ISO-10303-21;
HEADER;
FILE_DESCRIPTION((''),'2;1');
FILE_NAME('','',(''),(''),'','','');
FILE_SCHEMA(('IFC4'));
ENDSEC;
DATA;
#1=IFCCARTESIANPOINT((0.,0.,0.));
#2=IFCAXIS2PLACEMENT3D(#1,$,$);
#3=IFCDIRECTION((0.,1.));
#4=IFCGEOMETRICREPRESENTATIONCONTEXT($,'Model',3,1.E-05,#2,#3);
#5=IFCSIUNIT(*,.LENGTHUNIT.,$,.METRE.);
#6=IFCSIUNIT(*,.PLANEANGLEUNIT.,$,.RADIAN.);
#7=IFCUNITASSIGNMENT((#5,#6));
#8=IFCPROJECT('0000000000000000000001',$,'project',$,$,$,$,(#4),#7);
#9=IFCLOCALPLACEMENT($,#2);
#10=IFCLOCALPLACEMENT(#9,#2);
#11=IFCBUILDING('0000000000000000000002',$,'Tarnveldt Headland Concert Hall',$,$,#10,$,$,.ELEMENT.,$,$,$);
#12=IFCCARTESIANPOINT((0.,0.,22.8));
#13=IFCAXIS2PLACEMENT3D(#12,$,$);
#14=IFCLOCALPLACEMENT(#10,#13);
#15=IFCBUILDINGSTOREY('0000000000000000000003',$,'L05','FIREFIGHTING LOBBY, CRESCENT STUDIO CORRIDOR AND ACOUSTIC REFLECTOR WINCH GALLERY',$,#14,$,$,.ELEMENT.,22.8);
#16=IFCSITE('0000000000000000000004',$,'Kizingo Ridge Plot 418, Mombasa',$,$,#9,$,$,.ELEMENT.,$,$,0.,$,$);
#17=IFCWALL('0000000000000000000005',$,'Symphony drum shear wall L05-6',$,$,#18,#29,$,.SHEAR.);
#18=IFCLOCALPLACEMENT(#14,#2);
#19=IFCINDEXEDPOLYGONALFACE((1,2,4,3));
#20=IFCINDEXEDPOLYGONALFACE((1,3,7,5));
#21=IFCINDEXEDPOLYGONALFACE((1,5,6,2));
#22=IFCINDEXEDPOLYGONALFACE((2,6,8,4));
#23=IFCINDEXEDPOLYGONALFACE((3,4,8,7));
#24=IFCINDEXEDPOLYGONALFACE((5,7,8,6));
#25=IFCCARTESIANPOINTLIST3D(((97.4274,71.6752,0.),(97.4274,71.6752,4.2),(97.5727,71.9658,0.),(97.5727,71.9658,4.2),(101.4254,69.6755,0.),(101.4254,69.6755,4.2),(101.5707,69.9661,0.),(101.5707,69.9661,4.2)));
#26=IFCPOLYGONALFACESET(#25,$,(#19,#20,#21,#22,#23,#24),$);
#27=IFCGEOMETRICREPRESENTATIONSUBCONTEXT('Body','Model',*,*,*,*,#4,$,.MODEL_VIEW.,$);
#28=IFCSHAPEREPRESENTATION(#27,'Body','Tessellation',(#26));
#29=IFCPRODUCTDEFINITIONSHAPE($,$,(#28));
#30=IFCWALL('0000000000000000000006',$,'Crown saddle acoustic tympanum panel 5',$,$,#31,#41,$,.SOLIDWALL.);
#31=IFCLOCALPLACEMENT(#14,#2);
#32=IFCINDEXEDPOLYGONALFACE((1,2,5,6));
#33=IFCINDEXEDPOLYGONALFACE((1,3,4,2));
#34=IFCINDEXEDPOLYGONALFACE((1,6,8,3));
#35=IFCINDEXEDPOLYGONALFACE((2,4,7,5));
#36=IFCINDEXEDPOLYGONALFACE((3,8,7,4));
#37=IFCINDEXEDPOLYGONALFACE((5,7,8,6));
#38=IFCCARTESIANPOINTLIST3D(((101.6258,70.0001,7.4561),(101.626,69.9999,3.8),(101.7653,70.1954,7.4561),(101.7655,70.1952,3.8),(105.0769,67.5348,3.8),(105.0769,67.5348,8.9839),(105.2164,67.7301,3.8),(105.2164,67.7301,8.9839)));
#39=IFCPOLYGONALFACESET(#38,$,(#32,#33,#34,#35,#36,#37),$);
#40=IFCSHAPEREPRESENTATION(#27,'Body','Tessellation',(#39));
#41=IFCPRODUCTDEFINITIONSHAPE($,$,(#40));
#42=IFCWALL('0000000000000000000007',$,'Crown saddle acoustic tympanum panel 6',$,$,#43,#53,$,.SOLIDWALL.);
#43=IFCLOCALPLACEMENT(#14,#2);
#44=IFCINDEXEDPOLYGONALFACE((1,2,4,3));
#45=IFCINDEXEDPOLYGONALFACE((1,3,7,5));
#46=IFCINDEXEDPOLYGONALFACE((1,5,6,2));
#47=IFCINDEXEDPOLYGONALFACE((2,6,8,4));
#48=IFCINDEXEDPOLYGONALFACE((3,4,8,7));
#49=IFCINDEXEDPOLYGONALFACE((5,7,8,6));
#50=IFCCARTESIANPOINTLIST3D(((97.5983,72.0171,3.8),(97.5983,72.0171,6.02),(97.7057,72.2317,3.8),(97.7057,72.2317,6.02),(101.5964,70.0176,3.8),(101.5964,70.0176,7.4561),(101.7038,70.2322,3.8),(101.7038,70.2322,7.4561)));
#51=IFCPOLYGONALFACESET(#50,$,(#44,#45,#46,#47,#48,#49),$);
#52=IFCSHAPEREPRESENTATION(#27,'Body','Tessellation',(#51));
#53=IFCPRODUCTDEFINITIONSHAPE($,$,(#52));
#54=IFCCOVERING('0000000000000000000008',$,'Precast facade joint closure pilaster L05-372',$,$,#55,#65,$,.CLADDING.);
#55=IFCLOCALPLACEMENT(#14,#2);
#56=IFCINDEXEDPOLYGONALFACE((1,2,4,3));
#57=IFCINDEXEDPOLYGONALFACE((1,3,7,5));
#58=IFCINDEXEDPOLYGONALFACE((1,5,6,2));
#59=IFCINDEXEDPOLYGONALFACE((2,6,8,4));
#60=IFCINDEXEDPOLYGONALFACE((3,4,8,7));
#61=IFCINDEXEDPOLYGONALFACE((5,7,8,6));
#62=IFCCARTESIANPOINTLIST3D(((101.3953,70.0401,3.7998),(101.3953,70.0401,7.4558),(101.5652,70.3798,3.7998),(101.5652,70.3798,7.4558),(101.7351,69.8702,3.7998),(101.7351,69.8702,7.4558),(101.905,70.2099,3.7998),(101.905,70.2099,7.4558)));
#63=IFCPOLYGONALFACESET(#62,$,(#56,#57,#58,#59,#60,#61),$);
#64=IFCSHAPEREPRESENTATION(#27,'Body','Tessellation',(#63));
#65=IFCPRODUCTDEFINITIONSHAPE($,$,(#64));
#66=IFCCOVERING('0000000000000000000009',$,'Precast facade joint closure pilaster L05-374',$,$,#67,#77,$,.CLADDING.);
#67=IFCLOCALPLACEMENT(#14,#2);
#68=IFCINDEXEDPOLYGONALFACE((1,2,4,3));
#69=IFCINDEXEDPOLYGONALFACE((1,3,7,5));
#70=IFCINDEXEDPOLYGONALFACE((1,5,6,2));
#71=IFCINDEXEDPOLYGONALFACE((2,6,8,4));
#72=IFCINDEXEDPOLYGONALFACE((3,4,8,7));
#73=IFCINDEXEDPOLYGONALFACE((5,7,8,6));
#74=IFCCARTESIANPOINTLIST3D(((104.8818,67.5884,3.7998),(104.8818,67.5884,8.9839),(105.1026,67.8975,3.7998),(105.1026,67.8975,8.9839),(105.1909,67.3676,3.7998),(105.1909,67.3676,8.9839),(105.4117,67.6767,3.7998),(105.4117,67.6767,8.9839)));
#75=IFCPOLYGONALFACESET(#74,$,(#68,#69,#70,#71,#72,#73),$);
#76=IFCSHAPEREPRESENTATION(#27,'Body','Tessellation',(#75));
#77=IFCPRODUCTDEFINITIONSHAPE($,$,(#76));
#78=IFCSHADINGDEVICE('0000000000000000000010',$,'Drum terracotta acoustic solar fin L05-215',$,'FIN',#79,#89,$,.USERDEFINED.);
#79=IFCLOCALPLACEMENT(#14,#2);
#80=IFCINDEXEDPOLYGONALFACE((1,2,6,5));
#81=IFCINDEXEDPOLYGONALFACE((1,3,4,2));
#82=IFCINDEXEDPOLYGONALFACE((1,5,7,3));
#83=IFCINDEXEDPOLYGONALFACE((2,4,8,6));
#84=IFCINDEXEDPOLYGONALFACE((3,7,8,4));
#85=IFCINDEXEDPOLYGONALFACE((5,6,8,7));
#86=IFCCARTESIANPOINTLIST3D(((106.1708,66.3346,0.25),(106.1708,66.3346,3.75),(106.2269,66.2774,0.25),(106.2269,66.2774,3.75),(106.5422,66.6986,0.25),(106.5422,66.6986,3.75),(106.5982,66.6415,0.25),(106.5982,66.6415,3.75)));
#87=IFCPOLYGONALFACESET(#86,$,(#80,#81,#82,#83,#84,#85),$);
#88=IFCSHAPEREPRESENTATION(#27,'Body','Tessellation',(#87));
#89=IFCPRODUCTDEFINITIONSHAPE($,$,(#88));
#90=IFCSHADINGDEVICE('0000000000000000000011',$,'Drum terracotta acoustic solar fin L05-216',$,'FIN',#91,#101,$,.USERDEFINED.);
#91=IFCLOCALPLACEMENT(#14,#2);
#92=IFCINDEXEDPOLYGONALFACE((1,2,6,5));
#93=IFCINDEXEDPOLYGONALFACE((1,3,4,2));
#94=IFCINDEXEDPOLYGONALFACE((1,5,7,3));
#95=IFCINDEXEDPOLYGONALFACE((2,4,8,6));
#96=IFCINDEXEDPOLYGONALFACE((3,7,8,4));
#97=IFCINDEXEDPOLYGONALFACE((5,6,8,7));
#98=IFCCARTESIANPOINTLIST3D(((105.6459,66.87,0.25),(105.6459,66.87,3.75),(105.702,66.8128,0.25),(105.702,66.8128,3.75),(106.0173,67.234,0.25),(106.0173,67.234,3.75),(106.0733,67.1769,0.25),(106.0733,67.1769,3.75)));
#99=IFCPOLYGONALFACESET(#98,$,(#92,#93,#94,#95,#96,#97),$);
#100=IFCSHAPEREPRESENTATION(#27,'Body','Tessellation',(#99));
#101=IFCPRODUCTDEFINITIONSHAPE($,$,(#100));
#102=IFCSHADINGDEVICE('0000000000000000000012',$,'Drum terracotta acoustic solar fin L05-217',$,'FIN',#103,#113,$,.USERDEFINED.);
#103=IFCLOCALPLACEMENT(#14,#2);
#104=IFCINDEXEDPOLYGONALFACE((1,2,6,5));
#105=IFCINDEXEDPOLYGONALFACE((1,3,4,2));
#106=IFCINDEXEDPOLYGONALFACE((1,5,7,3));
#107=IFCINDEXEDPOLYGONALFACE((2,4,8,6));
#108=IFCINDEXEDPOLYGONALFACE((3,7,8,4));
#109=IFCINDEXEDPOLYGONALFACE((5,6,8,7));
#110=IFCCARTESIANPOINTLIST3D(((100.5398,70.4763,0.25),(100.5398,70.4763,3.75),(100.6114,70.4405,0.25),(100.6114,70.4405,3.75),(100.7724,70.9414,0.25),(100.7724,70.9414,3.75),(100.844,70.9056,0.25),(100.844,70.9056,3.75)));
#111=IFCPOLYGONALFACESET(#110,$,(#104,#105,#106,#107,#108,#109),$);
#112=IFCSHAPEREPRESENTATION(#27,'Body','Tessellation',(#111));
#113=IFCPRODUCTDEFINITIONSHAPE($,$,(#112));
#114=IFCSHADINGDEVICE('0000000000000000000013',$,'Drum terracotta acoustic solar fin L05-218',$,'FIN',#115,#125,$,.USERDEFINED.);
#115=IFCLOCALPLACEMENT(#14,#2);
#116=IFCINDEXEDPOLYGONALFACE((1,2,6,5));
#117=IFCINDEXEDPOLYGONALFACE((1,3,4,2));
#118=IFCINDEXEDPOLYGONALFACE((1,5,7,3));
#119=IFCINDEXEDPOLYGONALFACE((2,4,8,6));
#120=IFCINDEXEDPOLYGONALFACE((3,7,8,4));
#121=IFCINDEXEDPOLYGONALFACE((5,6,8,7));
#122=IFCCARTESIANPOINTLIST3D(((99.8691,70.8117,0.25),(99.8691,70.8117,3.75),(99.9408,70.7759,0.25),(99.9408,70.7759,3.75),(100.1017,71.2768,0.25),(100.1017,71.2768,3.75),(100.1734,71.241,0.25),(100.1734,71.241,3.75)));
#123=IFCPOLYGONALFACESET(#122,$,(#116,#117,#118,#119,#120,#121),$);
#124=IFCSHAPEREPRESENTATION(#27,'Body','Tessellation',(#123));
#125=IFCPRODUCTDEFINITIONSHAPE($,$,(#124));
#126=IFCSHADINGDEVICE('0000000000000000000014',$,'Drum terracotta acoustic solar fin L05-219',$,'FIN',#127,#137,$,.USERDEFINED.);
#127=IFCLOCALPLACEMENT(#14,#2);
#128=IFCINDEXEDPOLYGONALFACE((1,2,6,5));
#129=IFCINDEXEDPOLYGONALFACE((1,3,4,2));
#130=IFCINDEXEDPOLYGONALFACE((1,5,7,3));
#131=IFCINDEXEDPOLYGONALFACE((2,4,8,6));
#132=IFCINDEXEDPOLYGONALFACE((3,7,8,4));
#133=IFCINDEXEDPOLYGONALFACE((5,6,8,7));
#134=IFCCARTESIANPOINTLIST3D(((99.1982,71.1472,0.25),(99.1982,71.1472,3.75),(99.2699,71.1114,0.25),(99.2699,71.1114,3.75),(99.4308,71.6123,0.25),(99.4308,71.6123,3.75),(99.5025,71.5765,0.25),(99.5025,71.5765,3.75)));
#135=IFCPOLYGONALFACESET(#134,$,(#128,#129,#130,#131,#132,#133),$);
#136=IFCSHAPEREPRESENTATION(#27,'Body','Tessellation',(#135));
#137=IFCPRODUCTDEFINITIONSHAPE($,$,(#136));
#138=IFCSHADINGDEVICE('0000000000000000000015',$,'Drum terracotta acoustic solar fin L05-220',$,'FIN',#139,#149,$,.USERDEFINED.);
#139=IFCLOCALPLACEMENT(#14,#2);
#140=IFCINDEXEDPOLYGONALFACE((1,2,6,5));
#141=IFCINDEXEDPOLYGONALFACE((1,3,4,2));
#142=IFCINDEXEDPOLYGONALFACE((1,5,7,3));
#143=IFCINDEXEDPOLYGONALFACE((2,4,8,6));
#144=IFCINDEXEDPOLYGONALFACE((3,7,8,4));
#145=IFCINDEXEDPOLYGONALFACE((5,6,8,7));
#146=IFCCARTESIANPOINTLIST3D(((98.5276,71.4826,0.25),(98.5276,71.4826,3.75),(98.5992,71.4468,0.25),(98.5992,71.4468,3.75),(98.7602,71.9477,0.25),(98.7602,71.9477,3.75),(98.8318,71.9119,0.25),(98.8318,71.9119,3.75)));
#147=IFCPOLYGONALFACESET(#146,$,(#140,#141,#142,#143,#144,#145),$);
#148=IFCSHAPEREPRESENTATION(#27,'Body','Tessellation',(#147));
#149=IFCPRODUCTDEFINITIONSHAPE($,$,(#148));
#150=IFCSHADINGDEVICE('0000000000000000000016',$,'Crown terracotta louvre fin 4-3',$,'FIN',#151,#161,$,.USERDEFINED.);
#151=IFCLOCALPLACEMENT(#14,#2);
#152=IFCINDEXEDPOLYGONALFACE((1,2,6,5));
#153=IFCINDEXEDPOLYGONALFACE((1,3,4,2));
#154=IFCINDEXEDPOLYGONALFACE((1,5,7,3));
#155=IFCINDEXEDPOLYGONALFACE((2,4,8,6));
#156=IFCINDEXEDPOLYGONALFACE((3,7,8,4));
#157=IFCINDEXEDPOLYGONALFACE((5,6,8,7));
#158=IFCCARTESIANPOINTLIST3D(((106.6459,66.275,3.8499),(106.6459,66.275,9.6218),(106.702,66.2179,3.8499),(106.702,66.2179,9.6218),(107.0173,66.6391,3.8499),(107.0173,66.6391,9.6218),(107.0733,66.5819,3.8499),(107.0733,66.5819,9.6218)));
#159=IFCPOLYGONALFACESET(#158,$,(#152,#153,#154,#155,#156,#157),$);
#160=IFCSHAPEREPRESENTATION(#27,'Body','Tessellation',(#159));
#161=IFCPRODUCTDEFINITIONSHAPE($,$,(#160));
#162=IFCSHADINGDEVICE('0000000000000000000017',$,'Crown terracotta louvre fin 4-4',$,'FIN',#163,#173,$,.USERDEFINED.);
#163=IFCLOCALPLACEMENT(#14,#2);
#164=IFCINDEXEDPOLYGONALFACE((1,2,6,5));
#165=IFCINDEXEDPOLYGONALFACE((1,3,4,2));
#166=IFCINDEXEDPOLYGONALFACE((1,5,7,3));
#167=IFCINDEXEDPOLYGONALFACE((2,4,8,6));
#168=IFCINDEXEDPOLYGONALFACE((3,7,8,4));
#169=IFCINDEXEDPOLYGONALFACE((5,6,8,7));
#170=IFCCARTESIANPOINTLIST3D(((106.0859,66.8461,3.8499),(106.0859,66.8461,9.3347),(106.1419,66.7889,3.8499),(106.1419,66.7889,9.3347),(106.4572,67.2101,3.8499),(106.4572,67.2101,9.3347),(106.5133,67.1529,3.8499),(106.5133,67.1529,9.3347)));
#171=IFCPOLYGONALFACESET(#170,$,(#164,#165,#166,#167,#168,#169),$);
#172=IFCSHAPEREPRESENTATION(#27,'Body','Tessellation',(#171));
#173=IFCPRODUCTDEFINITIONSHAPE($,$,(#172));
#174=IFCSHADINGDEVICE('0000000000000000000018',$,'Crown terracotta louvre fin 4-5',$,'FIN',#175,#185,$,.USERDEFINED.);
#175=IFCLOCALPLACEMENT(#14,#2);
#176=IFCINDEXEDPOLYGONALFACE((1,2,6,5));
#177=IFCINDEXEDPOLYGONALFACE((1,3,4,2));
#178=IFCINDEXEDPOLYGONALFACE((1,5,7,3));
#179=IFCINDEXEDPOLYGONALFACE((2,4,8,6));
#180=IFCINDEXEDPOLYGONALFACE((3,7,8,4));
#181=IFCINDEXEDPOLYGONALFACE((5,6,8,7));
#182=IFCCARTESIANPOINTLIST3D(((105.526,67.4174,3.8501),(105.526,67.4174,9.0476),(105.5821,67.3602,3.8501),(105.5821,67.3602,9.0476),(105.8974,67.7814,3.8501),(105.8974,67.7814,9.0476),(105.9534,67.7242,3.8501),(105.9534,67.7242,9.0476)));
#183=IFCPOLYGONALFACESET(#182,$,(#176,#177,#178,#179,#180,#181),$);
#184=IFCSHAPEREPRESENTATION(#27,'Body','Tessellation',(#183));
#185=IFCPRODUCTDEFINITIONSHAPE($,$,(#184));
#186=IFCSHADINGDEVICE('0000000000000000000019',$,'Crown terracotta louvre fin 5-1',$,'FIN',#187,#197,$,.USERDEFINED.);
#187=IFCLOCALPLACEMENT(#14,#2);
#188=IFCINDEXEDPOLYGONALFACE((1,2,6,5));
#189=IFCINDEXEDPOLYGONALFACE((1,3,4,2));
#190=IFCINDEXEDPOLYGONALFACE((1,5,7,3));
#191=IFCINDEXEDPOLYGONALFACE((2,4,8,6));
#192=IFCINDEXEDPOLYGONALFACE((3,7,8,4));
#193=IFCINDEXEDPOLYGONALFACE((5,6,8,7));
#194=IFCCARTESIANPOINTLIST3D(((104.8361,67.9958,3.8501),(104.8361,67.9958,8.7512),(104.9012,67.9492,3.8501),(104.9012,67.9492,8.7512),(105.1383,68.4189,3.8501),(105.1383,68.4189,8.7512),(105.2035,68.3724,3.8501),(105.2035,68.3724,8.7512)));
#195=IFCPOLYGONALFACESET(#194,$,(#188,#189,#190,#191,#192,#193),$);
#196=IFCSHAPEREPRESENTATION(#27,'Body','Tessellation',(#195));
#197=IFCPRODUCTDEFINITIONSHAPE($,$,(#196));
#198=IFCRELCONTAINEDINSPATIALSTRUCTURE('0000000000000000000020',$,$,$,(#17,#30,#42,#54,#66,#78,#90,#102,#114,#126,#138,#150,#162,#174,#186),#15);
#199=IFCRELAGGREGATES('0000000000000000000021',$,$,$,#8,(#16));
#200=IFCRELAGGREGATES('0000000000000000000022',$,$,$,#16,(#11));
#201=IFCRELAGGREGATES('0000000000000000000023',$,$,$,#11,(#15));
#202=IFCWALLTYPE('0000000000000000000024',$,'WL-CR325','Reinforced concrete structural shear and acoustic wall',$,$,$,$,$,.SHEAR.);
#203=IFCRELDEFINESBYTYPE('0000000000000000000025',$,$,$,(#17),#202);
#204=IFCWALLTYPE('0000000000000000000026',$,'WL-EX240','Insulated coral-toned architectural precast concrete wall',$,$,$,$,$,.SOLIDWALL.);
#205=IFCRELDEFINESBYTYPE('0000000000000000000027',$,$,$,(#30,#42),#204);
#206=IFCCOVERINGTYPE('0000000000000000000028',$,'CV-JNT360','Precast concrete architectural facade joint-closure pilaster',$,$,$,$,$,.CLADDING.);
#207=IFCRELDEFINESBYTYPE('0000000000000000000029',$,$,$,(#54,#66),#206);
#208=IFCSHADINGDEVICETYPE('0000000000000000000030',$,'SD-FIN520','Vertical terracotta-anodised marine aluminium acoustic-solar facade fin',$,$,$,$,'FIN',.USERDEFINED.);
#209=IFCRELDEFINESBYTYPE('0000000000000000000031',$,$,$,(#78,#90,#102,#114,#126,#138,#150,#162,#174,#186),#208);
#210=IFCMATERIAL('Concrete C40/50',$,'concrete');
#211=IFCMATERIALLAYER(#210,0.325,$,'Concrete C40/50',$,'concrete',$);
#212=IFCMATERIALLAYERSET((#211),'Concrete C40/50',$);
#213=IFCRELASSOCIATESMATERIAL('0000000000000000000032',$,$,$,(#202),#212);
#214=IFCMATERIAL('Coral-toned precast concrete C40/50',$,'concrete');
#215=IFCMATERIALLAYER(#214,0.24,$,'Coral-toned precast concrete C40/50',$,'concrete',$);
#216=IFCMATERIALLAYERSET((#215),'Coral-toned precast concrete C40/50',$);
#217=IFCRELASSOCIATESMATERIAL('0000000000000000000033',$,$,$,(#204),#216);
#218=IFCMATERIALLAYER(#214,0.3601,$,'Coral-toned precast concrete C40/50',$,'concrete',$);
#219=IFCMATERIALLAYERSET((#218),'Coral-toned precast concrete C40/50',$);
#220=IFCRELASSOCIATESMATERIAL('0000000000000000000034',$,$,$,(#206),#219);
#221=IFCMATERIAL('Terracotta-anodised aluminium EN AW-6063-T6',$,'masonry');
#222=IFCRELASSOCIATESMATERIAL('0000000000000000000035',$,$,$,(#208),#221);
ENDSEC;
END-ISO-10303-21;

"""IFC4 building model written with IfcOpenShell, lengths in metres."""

from ifc_helpers import new_model, si_unit, direction, frame, frame_2d, origin, origin_2d, place, context, subcontext, project, spatial, polyline, rectangle, outline, extrude, material, layer, layer_set, type_object, element, save


model = new_model("IFC4")

# Units and contexts
model_context = context("Model", 3, precision=1e-05, world=origin(), true_north=direction((0.0, 1.0)))
body_context = subcontext(model_context, "Body", "Model", "MODEL_VIEW")
ifc_project = project(units=[si_unit("LENGTHUNIT", "METRE"), si_unit("PLANEANGLEUNIT", "RADIAN")], contexts=[model_context])

# Site, building, storey
site_placement = place(None, origin())
site = spatial("IfcSite", under=ifc_project, at=site_placement, Name="Kizingo Ridge Plot 418, Mombasa", CompositionType="ELEMENT", RefElevation=0.0)
building_placement = place(site_placement, origin())
building = spatial("IfcBuilding", under=site, at=building_placement, Name="Tarnveldt Headland Concert Hall", CompositionType="ELEMENT")
storey_placement = place(building_placement, frame((0.0, 0.0, 22.8)))
storey = spatial("IfcBuildingStorey", under=building, at=storey_placement, Name="L05", Description="FIREFIGHTING LOBBY, CRESCENT STUDIO CORRIDOR AND ACOUSTIC REFLECTOR WINCH GALLERY", CompositionType="ELEMENT", Elevation=22.8)

# Shared definitions
ifc_material_1 = material(Name="Concrete C40/50", Category="concrete")

# Shared definitions
ifc_layer_1 = layer(ifc_material_1, 0.325, Name="Concrete C40/50", Category="concrete")
ifc_layer_set_1 = layer_set([ifc_layer_1], Name="Concrete C40/50")
wall_type_1 = type_object("IfcWallType", Name="WL-CR325", Description="Reinforced concrete structural shear and acoustic wall", PredefinedType="SHEAR", material=ifc_layer_set_1)

# Walls
wall_1_placement = place(storey_placement, frame((101.498, 69.8208, 0.0), z_axis=(0.0, 0.0, 1.0), x_axis=(-0.894362, 0.447345, 0.0)))
element("IfcWall", 1, at=wall_1_placement, inside=storey, type_object=wall_type_1, Name="Symphony drum shear wall L05-6", PredefinedType="SHEAR", context=body_context, shape_type="SweptSolid", body=[
    extrude(rectangle(XDim=4.4702, YDim=0.325, at=frame_2d((2.2351, 0.0))), origin(), (0.0, 0.0, 1.0), 4.2),
])
ifc_material_2 = material(Name="Coral-toned precast concrete C40/50", Category="concrete")
ifc_layer_2 = layer(ifc_material_2, 0.24, Name="Coral-toned precast concrete C40/50", Category="concrete")
ifc_layer_set_2 = layer_set([ifc_layer_2], Name="Coral-toned precast concrete C40/50")
wall_type_2 = type_object("IfcWallType", Name="WL-EX240", Description="Insulated coral-toned architectural precast concrete wall", PredefinedType="SOLIDWALL", material=ifc_layer_set_2)
wall_2_placement = place(storey_placement, frame((105.1467, 67.6326, 3.8), z_axis=(0.0, 0.0, 1.0), x_axis=(-0.813718, 0.58126, 0.0)))
element("IfcWall", 2, at=wall_2_placement, inside=storey, type_object=wall_type_2, Name="Crown saddle acoustic tympanum panel 5", PredefinedType="SOLIDWALL", context=body_context, shape_type="SweptSolid", body=[
    extrude(outline(polyline([(0.0, 0.0), (4.241, 0.0), (4.2412, 3.656), (0.0, 5.1838), (0.0, 0.0)])), frame((0.0, 0.1201, 0.0), z_axis=(0.0, -1.0, 0.0), x_axis=(1.0, 0.0, 0.0)), (0.0, 0.0, 1.0), 0.24),
])
wall_3_placement = place(storey_placement, frame((101.6501, 70.125, 3.8), z_axis=(0.0, 0.0, 1.0), x_axis=(-0.894383, 0.447301, 0.0)))
element("IfcWall", 3, at=wall_3_placement, inside=storey, type_object=wall_type_2, Name="Crown saddle acoustic tympanum panel 6", PredefinedType="SOLIDWALL", context=body_context, shape_type="SweptSolid", body=[
    extrude(outline(polyline([(0.0, 0.0), (4.4702, 0.0), (4.4702, 2.22), (0.0, 3.656), (0.0, 0.0)])), frame((0.0, 0.1201, 0.0), z_axis=(0.0, -1.0, 0.0), x_axis=(1.0, 0.0, 0.0)), (0.0, 0.0, 1.0), 0.24),
])

# Coverings
ifc_layer_3 = layer(ifc_material_2, 0.3601, Name="Coral-toned precast concrete C40/50", Category="concrete")
ifc_layer_set_3 = layer_set([ifc_layer_3], Name="Coral-toned precast concrete C40/50")
covering_type = type_object("IfcCoveringType", Name="CV-JNT360", Description="Precast concrete architectural facade joint-closure pilaster", PredefinedType="CLADDING", material=ifc_layer_set_3)
covering_1_placement = place(storey_placement, frame((101.6501, 70.125, 3.7998), z_axis=(0.0, 0.0, 1.0), x_axis=(0.447291, 0.894389, 0.0)))
element("IfcCovering", 4, at=covering_1_placement, inside=storey, type_object=covering_type, Name="Precast facade joint closure pilaster L05-372", PredefinedType="CLADDING", context=body_context, shape_type="SweptSolid", body=[
    extrude(rectangle(XDim=0.3799, YDim=0.3799, at=origin_2d()), origin(), (0.0, 0.0, 1.0), 3.656),
])
covering_2_placement = place(storey_placement, frame((105.1467, 67.6326, 3.7998), z_axis=(0.0, 0.0, 1.0), x_axis=(0.581271, 0.81371, 0.0)))
element("IfcCovering", 5, at=covering_2_placement, inside=storey, type_object=covering_type, Name="Precast facade joint closure pilaster L05-374", PredefinedType="CLADDING", context=body_context, shape_type="SweptSolid", body=[
    extrude(rectangle(XDim=0.3799, YDim=0.3799, at=origin_2d()), origin(), (0.0, 0.0, 1.0), 5.1841),
])

# Shading devices
ifc_material_3 = material(Name="Terracotta-anodised aluminium EN AW-6063-T6", Category="masonry")
shading_device_type = type_object("IfcShadingDeviceType", Name="SD-FIN520", Description="Vertical terracotta-anodised marine aluminium acoustic-solar facade fin", ElementType="FIN", PredefinedType="USERDEFINED", material=ifc_material_3)
for number, where, z_axis, x_axis, name in (
    (6, (106.3845, 66.488, 0.25), (0.0, 0.0, 1.0), (0.714106, 0.700037, 0.0), "Drum terracotta acoustic solar fin L05-215"),
    (7, (105.8596, 67.0234, 0.25), (0.0, 0.0, 1.0), (0.714106, 0.700037, 0.0), "Drum terracotta acoustic solar fin L05-216"),
    (8, (100.6919, 70.6909, 0.25), (0.0, 0.0, 1.0), (0.447291, 0.894389, 0.0), "Drum terracotta acoustic solar fin L05-217"),
    (9, (100.0212, 71.0264, 0.25), (0.0, 0.0, 1.0), (0.447291, 0.894389, 0.0), "Drum terracotta acoustic solar fin L05-218"),
    (10, (99.3503, 71.3618, 0.25), (0.0, 0.0, 1.0), (0.447291, 0.894389, 0.0), "Drum terracotta acoustic solar fin L05-219"),
    (11, (98.6797, 71.6973, 0.25), (0.0, 0.0, 1.0), (0.447291, 0.894389, 0.0), "Drum terracotta acoustic solar fin L05-220"),
):
    element("IfcShadingDevice", number, at=place(storey_placement, frame(where, z_axis=z_axis, x_axis=x_axis)), inside=storey, type_object=shading_device_type, Name=name, ObjectType="FIN", PredefinedType="USERDEFINED", context=body_context, shape_type="SweptSolid", body=[
        extrude(rectangle(XDim=0.52, YDim=0.0801, at=origin_2d()), origin(), (0.0, 0.0, 1.0), 3.5),
    ])
shading_device_1_placement = place(storey_placement, frame((106.8596, 66.4285, 3.8499), z_axis=(0.0, 0.0, 1.0), x_axis=(0.714106, 0.700037, 0.0)))
element("IfcShadingDevice", 12, at=shading_device_1_placement, inside=storey, type_object=shading_device_type, Name="Crown terracotta louvre fin 4-3", ObjectType="FIN", PredefinedType="USERDEFINED", context=body_context, shape_type="SweptSolid", body=[
    extrude(rectangle(XDim=0.52, YDim=0.0801, at=origin_2d()), origin(), (0.0, 0.0, 1.0), 5.772),
])
shading_device_2_placement = place(storey_placement, frame((106.2996, 66.9995, 3.8499), z_axis=(0.0, 0.0, 1.0), x_axis=(0.714106, 0.700037, 0.0)))
element("IfcShadingDevice", 13, at=shading_device_2_placement, inside=storey, type_object=shading_device_type, Name="Crown terracotta louvre fin 4-4", ObjectType="FIN", PredefinedType="USERDEFINED", context=body_context, shape_type="SweptSolid", body=[
    extrude(rectangle(XDim=0.52, YDim=0.0801, at=origin_2d()), origin(), (0.0, 0.0, 1.0), 5.4849),
])
shading_device_3_placement = place(storey_placement, frame((105.7397, 67.5708, 3.8501), z_axis=(0.0, 0.0, 1.0), x_axis=(0.714106, 0.700037, 0.0)))
element("IfcShadingDevice", 14, at=shading_device_3_placement, inside=storey, type_object=shading_device_type, Name="Crown terracotta louvre fin 4-5", ObjectType="FIN", PredefinedType="USERDEFINED", context=body_context, shape_type="SweptSolid", body=[
    extrude(rectangle(XDim=0.52, YDim=0.0801, at=origin_2d()), origin(), (0.0, 0.0, 1.0), 5.1975),
])
shading_device_4_placement = place(storey_placement, frame((105.0198, 68.1841, 3.8501), z_axis=(0.0, 0.0, 1.0), x_axis=(0.581271, 0.81371, 0.0)))
element("IfcShadingDevice", 15, at=shading_device_4_placement, inside=storey, type_object=shading_device_type, Name="Crown terracotta louvre fin 5-1", ObjectType="FIN", PredefinedType="USERDEFINED", context=body_context, shape_type="SweptSolid", body=[
    extrude(rectangle(XDim=0.52, YDim=0.0801, at=origin_2d()), origin(), (0.0, 0.0, 1.0), 4.9011),
])

save(model, "model.ifc")
